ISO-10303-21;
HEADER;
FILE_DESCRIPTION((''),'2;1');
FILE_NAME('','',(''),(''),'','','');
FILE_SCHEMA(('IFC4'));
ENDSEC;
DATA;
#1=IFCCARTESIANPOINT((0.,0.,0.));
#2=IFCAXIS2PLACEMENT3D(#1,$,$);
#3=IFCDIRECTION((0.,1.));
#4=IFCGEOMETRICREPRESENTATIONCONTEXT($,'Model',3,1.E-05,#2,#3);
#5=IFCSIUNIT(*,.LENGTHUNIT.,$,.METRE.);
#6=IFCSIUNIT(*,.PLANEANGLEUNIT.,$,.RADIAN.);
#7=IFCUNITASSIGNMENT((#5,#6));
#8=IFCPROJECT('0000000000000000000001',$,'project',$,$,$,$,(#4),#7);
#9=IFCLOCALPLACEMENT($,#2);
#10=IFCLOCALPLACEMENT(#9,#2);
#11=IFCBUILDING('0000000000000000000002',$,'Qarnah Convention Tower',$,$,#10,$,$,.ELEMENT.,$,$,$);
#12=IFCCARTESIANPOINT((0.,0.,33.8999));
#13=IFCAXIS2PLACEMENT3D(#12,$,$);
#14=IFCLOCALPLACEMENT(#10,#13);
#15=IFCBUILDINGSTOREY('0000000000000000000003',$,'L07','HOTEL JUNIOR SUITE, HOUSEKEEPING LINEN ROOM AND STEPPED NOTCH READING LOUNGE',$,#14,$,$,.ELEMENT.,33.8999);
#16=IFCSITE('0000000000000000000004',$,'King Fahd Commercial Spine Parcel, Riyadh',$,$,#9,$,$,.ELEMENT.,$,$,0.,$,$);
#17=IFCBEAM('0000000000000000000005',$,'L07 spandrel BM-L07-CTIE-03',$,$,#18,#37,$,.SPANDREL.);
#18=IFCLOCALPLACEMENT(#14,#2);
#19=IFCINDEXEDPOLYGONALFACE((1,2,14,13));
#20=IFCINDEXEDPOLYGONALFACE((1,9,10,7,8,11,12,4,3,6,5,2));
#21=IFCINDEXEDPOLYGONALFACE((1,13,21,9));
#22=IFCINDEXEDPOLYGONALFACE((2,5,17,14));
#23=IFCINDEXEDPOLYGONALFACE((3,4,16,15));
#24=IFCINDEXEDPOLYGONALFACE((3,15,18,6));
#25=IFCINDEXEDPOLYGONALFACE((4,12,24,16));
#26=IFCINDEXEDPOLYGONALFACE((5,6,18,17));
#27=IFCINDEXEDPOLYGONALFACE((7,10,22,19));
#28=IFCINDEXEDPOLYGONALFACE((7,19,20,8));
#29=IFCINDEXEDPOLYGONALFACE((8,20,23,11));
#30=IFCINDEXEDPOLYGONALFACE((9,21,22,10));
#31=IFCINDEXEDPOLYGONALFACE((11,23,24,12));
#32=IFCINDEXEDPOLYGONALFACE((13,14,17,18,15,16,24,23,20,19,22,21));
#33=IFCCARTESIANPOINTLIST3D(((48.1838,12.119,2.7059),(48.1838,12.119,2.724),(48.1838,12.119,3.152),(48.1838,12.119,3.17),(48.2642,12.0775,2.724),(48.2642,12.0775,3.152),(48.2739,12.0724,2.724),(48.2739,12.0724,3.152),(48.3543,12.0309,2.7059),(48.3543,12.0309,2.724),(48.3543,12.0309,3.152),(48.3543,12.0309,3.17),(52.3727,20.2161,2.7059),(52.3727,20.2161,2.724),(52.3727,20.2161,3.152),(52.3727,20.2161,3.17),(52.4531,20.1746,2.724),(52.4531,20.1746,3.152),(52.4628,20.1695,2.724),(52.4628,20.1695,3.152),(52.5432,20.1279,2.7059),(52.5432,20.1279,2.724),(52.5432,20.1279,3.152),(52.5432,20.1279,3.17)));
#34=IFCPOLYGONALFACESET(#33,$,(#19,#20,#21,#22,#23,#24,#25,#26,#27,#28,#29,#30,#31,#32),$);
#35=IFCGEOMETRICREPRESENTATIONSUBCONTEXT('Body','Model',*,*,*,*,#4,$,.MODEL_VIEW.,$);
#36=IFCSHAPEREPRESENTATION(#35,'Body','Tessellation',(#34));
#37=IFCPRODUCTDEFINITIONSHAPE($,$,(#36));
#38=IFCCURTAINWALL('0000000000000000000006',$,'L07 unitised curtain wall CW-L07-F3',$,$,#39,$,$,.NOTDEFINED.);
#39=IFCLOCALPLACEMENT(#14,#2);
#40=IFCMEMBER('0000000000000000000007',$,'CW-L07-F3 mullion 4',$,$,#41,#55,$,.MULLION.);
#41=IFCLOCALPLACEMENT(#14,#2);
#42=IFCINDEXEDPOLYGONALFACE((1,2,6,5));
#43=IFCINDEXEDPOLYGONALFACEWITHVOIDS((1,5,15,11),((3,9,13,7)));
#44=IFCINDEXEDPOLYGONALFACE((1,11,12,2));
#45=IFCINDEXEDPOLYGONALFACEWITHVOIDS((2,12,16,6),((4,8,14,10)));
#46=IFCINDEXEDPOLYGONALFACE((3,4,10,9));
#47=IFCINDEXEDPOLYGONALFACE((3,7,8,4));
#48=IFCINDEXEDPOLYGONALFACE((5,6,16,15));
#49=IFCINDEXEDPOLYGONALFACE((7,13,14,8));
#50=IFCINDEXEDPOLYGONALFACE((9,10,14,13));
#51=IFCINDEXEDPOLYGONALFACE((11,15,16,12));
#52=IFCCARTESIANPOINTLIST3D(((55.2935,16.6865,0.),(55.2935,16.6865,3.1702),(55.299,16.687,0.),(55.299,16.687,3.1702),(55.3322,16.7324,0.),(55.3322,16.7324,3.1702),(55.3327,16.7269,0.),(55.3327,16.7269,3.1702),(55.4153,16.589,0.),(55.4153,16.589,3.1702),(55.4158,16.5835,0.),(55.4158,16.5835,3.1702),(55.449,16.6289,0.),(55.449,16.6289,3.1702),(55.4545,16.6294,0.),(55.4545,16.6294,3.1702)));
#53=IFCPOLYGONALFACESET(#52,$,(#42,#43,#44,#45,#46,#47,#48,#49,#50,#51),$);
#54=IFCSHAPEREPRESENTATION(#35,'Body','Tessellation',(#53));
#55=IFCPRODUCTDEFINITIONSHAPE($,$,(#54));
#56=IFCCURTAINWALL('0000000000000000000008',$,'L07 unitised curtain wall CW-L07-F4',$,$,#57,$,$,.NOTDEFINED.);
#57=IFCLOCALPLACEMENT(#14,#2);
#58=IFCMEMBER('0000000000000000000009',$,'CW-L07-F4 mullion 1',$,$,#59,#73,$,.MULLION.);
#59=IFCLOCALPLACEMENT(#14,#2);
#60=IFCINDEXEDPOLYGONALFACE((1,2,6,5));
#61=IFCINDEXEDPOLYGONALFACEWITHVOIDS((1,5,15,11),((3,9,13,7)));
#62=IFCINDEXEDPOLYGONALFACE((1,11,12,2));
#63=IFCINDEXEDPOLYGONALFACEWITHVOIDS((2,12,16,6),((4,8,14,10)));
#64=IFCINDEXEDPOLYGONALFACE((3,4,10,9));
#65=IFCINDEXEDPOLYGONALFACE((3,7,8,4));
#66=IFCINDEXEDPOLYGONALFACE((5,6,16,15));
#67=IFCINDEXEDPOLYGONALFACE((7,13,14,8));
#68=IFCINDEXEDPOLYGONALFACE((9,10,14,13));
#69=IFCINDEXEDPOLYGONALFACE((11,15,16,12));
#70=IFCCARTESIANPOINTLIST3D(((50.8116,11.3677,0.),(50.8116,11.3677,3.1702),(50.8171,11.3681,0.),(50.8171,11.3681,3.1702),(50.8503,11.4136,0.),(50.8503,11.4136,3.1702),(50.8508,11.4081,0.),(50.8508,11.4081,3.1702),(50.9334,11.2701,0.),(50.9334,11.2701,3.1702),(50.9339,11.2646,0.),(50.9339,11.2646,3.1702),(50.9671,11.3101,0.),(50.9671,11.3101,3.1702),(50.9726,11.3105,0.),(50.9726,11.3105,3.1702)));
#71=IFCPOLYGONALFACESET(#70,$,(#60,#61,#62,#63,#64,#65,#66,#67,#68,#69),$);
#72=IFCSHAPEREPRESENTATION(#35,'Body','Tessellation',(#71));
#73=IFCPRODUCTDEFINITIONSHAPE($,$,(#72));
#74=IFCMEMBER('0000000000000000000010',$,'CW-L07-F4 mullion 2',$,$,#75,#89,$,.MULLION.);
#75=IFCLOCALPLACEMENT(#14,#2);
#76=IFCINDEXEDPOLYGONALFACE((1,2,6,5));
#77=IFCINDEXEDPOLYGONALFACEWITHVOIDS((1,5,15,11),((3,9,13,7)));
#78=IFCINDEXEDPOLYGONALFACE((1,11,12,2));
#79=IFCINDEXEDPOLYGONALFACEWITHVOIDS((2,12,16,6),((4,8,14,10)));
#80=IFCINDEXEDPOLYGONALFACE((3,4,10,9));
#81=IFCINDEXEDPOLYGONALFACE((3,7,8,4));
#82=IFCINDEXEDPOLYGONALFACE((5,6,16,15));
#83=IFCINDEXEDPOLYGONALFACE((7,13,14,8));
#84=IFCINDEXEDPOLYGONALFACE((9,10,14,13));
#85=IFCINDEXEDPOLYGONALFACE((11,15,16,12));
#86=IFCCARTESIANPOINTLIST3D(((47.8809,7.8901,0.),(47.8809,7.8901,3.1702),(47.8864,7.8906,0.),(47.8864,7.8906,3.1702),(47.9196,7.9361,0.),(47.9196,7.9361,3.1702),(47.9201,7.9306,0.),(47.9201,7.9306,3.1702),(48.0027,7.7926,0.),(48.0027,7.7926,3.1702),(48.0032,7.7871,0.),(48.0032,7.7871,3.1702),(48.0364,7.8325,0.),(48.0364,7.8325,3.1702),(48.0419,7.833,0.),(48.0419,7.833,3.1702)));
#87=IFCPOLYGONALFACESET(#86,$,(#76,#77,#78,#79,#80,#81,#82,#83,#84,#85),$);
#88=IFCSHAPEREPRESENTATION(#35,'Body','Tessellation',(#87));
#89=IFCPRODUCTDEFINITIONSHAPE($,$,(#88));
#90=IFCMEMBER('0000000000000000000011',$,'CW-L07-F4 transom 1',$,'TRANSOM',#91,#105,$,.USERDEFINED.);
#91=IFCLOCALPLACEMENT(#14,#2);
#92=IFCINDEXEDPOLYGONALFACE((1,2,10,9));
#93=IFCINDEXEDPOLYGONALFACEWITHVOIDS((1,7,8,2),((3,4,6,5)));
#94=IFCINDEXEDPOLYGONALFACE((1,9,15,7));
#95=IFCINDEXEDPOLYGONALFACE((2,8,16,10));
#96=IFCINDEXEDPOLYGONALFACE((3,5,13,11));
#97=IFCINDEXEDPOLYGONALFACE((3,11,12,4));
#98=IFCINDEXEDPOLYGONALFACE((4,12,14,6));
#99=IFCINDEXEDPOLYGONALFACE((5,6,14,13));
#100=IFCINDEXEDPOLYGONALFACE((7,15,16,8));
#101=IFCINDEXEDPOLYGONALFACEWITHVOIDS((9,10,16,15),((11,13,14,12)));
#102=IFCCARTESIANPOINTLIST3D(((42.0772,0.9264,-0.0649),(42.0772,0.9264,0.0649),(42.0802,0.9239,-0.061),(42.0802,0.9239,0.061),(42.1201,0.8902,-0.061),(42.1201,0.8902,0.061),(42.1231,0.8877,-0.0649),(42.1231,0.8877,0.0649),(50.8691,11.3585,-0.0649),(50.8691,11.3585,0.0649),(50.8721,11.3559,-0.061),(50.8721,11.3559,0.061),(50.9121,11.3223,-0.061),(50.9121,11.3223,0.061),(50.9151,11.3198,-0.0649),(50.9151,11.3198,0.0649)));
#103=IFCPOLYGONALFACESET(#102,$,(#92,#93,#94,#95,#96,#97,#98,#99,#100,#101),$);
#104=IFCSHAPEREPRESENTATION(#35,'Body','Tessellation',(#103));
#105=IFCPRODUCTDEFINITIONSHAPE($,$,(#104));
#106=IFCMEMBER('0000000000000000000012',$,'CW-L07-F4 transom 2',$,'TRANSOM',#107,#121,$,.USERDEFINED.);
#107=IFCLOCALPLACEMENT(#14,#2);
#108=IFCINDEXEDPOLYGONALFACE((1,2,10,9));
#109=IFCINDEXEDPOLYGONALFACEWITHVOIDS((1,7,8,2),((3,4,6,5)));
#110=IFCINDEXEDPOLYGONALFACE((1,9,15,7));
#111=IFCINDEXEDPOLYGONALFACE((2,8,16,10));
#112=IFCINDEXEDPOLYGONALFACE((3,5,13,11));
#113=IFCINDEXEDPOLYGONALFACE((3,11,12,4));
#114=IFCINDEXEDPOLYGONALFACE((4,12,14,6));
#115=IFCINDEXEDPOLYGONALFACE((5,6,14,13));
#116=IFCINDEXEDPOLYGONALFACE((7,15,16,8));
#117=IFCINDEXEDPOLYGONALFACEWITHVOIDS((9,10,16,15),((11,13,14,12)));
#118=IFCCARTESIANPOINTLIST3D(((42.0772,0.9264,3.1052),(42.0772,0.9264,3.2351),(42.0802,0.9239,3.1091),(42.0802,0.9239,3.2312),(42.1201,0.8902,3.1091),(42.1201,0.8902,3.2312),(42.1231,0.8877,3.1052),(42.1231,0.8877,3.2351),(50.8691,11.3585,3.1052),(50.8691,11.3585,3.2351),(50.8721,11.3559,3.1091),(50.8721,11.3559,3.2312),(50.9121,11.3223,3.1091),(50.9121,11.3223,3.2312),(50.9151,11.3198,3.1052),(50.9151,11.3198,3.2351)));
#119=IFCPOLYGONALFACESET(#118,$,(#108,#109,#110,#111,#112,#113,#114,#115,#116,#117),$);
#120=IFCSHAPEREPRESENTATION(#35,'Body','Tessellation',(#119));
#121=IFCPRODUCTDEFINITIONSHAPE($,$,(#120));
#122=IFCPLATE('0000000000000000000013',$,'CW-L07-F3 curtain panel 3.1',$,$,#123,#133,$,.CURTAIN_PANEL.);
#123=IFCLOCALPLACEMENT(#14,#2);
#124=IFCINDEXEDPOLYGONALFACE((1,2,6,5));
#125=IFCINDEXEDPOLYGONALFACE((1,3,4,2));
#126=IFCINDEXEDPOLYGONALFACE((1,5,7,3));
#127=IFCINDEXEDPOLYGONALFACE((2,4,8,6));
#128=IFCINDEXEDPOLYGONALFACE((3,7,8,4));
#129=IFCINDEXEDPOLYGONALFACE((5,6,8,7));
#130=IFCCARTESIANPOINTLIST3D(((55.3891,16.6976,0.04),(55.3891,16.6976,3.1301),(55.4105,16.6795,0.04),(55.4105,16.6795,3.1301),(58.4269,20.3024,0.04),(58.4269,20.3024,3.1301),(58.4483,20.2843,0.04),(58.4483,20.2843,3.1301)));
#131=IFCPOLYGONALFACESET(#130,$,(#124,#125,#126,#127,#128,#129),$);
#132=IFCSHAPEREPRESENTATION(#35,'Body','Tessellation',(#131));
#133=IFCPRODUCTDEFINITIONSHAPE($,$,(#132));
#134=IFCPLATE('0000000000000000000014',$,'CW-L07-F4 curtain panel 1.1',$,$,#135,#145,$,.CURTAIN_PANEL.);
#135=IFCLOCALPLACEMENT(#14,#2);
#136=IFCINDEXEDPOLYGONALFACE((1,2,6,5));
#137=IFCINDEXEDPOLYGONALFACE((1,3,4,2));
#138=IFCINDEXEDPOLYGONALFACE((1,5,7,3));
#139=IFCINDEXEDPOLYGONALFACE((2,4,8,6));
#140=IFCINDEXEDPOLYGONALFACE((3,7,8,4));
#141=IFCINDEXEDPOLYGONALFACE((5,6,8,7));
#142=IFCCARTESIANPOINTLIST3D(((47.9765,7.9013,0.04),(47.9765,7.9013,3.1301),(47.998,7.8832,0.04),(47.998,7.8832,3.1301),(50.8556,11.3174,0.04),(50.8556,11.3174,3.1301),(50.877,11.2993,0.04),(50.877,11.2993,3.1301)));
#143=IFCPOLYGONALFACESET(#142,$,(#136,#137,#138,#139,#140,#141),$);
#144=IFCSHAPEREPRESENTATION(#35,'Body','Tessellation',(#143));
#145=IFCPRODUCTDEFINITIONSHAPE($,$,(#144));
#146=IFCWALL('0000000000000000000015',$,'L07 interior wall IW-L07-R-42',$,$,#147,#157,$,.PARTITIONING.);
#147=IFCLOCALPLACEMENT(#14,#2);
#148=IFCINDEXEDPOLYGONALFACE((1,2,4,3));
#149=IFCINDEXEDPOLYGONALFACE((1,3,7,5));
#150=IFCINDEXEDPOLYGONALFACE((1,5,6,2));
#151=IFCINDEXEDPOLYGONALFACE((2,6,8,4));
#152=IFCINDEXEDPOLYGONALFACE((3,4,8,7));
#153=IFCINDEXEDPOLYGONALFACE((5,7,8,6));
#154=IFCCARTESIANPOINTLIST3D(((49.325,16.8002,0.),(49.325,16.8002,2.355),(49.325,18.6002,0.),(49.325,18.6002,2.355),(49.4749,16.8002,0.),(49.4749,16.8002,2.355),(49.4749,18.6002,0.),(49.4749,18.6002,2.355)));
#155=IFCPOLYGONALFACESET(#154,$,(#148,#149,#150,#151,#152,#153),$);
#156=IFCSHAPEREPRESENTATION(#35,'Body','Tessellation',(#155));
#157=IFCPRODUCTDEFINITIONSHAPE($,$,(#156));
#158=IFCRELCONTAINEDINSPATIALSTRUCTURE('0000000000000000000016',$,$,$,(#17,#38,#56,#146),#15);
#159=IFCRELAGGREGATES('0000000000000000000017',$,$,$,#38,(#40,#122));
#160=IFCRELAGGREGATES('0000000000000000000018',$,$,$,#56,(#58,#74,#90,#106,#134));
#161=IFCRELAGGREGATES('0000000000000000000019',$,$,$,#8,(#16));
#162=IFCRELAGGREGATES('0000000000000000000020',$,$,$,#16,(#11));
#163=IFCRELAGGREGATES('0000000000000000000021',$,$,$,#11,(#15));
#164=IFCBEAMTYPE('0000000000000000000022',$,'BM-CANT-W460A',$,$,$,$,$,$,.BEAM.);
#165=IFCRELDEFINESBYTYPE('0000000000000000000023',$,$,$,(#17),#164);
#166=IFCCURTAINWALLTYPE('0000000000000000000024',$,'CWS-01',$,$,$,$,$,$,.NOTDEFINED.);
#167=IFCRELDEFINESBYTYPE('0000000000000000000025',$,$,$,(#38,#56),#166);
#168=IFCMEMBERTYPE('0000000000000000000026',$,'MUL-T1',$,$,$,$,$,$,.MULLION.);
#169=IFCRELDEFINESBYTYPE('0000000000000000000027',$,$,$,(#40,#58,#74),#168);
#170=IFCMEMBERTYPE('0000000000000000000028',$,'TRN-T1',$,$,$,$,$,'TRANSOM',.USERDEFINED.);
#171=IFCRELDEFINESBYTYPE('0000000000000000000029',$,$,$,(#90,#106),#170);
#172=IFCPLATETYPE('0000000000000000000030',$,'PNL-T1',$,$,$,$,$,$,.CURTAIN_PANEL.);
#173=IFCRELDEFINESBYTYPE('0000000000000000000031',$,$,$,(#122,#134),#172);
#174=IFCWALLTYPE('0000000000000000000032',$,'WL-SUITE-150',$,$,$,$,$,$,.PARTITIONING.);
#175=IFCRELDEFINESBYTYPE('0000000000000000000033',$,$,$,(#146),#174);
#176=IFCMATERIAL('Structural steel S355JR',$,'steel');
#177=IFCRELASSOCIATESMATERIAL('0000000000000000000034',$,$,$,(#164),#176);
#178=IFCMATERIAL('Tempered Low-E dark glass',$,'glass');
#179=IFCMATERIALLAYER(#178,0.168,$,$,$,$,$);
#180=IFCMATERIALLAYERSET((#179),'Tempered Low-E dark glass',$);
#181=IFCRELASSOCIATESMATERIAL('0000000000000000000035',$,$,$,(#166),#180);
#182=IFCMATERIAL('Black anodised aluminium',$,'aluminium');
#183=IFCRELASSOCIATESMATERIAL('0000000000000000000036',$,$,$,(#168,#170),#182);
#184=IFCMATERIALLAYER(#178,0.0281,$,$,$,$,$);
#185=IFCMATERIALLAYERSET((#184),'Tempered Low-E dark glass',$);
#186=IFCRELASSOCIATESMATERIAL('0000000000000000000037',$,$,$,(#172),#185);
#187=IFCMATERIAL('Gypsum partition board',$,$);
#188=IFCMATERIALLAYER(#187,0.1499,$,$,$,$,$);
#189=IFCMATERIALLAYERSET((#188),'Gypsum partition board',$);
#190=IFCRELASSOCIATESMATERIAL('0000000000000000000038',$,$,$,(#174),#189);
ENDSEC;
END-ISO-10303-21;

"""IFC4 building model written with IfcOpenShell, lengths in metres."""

from ifc_helpers import new_model, si_unit, direction, frame, frame_2d, origin, origin_2d, place, context, subcontext, project, spatial, rectangle, hollow_rectangle, i_section, extrude, material, layer, layer_set, material_profile, profile_set, type_object, element, aggregate, save


model = new_model("IFC4")

# Units and contexts
model_context = context("Model", 3, precision=1e-05, world=origin(), true_north=direction((0.0, 1.0)))
body_context = subcontext(model_context, "Body", "Model", "MODEL_VIEW")
ifc_project = project(units=[si_unit("LENGTHUNIT", "METRE"), si_unit("PLANEANGLEUNIT", "RADIAN")], contexts=[model_context])

# Site, building, storey
site_placement = place(None, origin())
site = spatial("IfcSite", under=ifc_project, at=site_placement, Name="King Fahd Commercial Spine Parcel, Riyadh", CompositionType="ELEMENT", RefElevation=0.0)
building_placement = place(site_placement, origin())
building = spatial("IfcBuilding", under=site, at=building_placement, Name="Qarnah Convention Tower", CompositionType="ELEMENT")
storey_placement = place(building_placement, frame((0.0, 0.0, 33.8999)))
storey = spatial("IfcBuildingStorey", under=building, at=storey_placement, Name="L07", Description="HOTEL JUNIOR SUITE, HOUSEKEEPING LINEN ROOM AND STEPPED NOTCH READING LOUNGE", CompositionType="ELEMENT", Elevation=33.8999)

# Beam
ifc_material_1 = material(Name="Structural steel S355JR", Category="steel")
ifc_material_profile_1 = material_profile(ifc_material_1, i_section(OverallWidth=0.1919, OverallDepth=0.4641, WebThickness=0.011, FlangeThickness=0.0181, at=origin_2d()), Name="W460X89")
ifc_profile_set_1 = profile_set([ifc_material_profile_1], Name="Structural steel S355JR")
beam_type = type_object("IfcBeamType", Name="BM-CANT-W460A", PredefinedType="BEAM", material=ifc_profile_set_1)
beam_placement = place(storey_placement, frame((48.269, 12.075, 2.938), z_axis=(0.45949, 0.888183, 0.0), x_axis=(-0.888183, 0.45949, 0.0)))
element("IfcBeam", 1, at=beam_placement, inside=storey, type_object=beam_type, Name="L07 spandrel BM-L07-CTIE-03", PredefinedType="SPANDREL", context=body_context, shape_type="SweptSolid", body=[
    extrude(i_section(OverallWidth=0.1919, OverallDepth=0.4641, WebThickness=0.011, FlangeThickness=0.0181, at=origin_2d()), origin(), (0.0, 0.0, 1.0), 9.1165),
])

# Curtain wall, member
ifc_material_2 = material(Name="Tempered Low-E dark glass", Category="glass")
ifc_layer_1 = layer(ifc_material_2, 0.168)
ifc_layer_set_1 = layer_set([ifc_layer_1], Name="Tempered Low-E dark glass")
curtain_wall_type = type_object("IfcCurtainWallType", Name="CWS-01", PredefinedType="NOTDEFINED", material=ifc_layer_set_1)
curtain_wall_1_placement = place(storey_placement, origin())
curtain_wall_1 = element("IfcCurtainWall", 2, at=curtain_wall_1_placement, inside=storey, type_object=curtain_wall_type, Name="L07 unitised curtain wall CW-L07-F3", PredefinedType="NOTDEFINED")
ifc_material_3 = material(Name="Black anodised aluminium", Category="aluminium")
ifc_material_profile_2 = material_profile(ifc_material_3, hollow_rectangle(XDim=0.0601, YDim=0.1599, WallThickness=0.0039, at=origin_2d()), Name="MUL-60X160")
ifc_profile_set_2 = profile_set([ifc_material_profile_2], Name="Black anodised aluminium")
member_type_1 = type_object("IfcMemberType", Name="MUL-T1", PredefinedType="MULLION", material=ifc_profile_set_2)
member_1_placement = place(storey_placement, frame((55.374, 16.658, 0.0), z_axis=(0.0, 0.0, 1.0), x_axis=(-0.644401, -0.764688, 0.0)))
member_1 = element("IfcMember", 3, at=member_1_placement, type_object=member_type_1, Name="CW-L07-F3 mullion 4", PredefinedType="MULLION", context=body_context, shape_type="SweptSolid", body=[
    extrude(hollow_rectangle(XDim=0.0601, YDim=0.1599, WallThickness=0.0039, at=origin_2d()), origin(), (0.0, 0.0, 1.0), 3.1702),
])

# Curtain wall, members
curtain_wall_2_placement = place(storey_placement, origin())
curtain_wall_2 = element("IfcCurtainWall", 4, at=curtain_wall_2_placement, inside=storey, type_object=curtain_wall_type, Name="L07 unitised curtain wall CW-L07-F4", PredefinedType="NOTDEFINED")
member_2_placement = place(storey_placement, frame((50.8921, 11.3391, 0.0), z_axis=(0.0, 0.0, 1.0), x_axis=(-0.644443, -0.764653, 0.0)))
member_2 = element("IfcMember", 5, at=member_2_placement, type_object=member_type_1, Name="CW-L07-F4 mullion 1", PredefinedType="MULLION", context=body_context, shape_type="SweptSolid", body=[
    extrude(hollow_rectangle(XDim=0.0601, YDim=0.1599, WallThickness=0.0039, at=origin_2d()), origin(), (0.0, 0.0, 1.0), 3.1702),
])
member_3_placement = place(storey_placement, frame((47.9614, 7.8616, 0.0), z_axis=(0.0, 0.0, 1.0), x_axis=(-0.644443, -0.764653, 0.0)))
member_3 = element("IfcMember", 6, at=member_3_placement, type_object=member_type_1, Name="CW-L07-F4 mullion 2", PredefinedType="MULLION", context=body_context, shape_type="SweptSolid", body=[
    extrude(hollow_rectangle(XDim=0.0601, YDim=0.1599, WallThickness=0.0039, at=origin_2d()), origin(), (0.0, 0.0, 1.0), 3.1702),
])
ifc_material_profile_3 = material_profile(ifc_material_3, hollow_rectangle(XDim=0.0601, YDim=0.1299, WallThickness=0.0039, at=origin_2d()), Name="TRN-60X130")
ifc_profile_set_3 = profile_set([ifc_material_profile_3], Name="Black anodised aluminium")
member_type_2 = type_object("IfcMemberType", Name="TRN-T1", ElementType="TRANSOM", PredefinedType="USERDEFINED", material=ifc_profile_set_3)
member_4_placement = place(storey_placement, frame((50.8921, 11.3391, 0.0), z_axis=(-0.644438, -0.764657, 0.0), x_axis=(0.764657, -0.644438, 0.0)))
member_4 = element("IfcMember", 7, at=member_4_placement, type_object=member_type_2, Name="CW-L07-F4 transom 1", ObjectType="TRANSOM", PredefinedType="USERDEFINED", context=body_context, shape_type="SweptSolid", body=[
    extrude(hollow_rectangle(XDim=0.0601, YDim=0.1299, WallThickness=0.0039, at=origin_2d()), origin(), (0.0, 0.0, 1.0), 13.6428),
])
member_5_placement = place(storey_placement, frame((50.8921, 11.3391, 3.1702), z_axis=(-0.644438, -0.764657, 0.0), x_axis=(0.764657, -0.644438, 0.0)))
member_5 = element("IfcMember", 8, at=member_5_placement, type_object=member_type_2, Name="CW-L07-F4 transom 2", ObjectType="TRANSOM", PredefinedType="USERDEFINED", context=body_context, shape_type="SweptSolid", body=[
    extrude(hollow_rectangle(XDim=0.0601, YDim=0.1299, WallThickness=0.0039, at=origin_2d()), origin(), (0.0, 0.0, 1.0), 13.6428),
])

# Plates
ifc_layer_2 = layer(ifc_material_2, 0.0281)
ifc_layer_set_2 = layer_set([ifc_layer_2], Name="Tempered Low-E dark glass")
plate_type = type_object("IfcPlateType", Name="PNL-T1", PredefinedType="CURTAIN_PANEL", material=ifc_layer_set_2)
plate_1_placement = place(storey_placement, frame((56.9187, 18.491, 0.04), z_axis=(0.0, 0.0, 1.0), x_axis=(-0.644401, -0.764688, 0.0)))
plate_1 = element("IfcPlate", 9, at=plate_1_placement, type_object=plate_type, Name="CW-L07-F3 curtain panel 3.1", PredefinedType="CURTAIN_PANEL", context=body_context, shape_type="SweptSolid", body=[
    extrude(rectangle(XDim=4.7141, YDim=0.0281, at=origin_2d()), origin(), (0.0, 0.0, 1.0), 3.0901),
])
aggregate(curtain_wall_1, [member_1, plate_1])
plate_2_placement = place(storey_placement, frame((49.4268, 9.6003, 0.04), z_axis=(0.0, 0.0, 1.0), x_axis=(-0.644443, -0.764653, 0.0)))
plate_2 = element("IfcPlate", 10, at=plate_2_placement, type_object=plate_type, Name="CW-L07-F4 curtain panel 1.1", PredefinedType="CURTAIN_PANEL", context=body_context, shape_type="SweptSolid", body=[
    extrude(rectangle(XDim=4.4675, YDim=0.0281, at=origin_2d()), origin(), (0.0, 0.0, 1.0), 3.0901),
])
aggregate(curtain_wall_2, [member_2, member_3, member_4, member_5, plate_2])

# Wall
ifc_material_4 = material(Name="Gypsum partition board")
ifc_layer_3 = layer(ifc_material_4, 0.1499)
ifc_layer_set_3 = layer_set([ifc_layer_3], Name="Gypsum partition board")
wall_type_1 = type_object("IfcWallType", Name="WL-SUITE-150", PredefinedType="PARTITIONING", material=ifc_layer_set_3)
wall_1_placement = place(storey_placement, frame((49.3999, 18.6001, 0.0), z_axis=(0.0, 0.0, 1.0), x_axis=(0.0, -1.0, 0.0)))
element("IfcWall", 11, at=wall_1_placement, inside=storey, type_object=wall_type_1, Name="L07 interior wall IW-L07-R-42", PredefinedType="PARTITIONING", context=body_context, shape_type="SweptSolid", body=[
    extrude(rectangle(XDim=1.8, YDim=0.1499, at=frame_2d((0.8999, 0.0))), origin(), (0.0, 0.0, 1.0), 2.355),
])

save(model, "model.ifc")
